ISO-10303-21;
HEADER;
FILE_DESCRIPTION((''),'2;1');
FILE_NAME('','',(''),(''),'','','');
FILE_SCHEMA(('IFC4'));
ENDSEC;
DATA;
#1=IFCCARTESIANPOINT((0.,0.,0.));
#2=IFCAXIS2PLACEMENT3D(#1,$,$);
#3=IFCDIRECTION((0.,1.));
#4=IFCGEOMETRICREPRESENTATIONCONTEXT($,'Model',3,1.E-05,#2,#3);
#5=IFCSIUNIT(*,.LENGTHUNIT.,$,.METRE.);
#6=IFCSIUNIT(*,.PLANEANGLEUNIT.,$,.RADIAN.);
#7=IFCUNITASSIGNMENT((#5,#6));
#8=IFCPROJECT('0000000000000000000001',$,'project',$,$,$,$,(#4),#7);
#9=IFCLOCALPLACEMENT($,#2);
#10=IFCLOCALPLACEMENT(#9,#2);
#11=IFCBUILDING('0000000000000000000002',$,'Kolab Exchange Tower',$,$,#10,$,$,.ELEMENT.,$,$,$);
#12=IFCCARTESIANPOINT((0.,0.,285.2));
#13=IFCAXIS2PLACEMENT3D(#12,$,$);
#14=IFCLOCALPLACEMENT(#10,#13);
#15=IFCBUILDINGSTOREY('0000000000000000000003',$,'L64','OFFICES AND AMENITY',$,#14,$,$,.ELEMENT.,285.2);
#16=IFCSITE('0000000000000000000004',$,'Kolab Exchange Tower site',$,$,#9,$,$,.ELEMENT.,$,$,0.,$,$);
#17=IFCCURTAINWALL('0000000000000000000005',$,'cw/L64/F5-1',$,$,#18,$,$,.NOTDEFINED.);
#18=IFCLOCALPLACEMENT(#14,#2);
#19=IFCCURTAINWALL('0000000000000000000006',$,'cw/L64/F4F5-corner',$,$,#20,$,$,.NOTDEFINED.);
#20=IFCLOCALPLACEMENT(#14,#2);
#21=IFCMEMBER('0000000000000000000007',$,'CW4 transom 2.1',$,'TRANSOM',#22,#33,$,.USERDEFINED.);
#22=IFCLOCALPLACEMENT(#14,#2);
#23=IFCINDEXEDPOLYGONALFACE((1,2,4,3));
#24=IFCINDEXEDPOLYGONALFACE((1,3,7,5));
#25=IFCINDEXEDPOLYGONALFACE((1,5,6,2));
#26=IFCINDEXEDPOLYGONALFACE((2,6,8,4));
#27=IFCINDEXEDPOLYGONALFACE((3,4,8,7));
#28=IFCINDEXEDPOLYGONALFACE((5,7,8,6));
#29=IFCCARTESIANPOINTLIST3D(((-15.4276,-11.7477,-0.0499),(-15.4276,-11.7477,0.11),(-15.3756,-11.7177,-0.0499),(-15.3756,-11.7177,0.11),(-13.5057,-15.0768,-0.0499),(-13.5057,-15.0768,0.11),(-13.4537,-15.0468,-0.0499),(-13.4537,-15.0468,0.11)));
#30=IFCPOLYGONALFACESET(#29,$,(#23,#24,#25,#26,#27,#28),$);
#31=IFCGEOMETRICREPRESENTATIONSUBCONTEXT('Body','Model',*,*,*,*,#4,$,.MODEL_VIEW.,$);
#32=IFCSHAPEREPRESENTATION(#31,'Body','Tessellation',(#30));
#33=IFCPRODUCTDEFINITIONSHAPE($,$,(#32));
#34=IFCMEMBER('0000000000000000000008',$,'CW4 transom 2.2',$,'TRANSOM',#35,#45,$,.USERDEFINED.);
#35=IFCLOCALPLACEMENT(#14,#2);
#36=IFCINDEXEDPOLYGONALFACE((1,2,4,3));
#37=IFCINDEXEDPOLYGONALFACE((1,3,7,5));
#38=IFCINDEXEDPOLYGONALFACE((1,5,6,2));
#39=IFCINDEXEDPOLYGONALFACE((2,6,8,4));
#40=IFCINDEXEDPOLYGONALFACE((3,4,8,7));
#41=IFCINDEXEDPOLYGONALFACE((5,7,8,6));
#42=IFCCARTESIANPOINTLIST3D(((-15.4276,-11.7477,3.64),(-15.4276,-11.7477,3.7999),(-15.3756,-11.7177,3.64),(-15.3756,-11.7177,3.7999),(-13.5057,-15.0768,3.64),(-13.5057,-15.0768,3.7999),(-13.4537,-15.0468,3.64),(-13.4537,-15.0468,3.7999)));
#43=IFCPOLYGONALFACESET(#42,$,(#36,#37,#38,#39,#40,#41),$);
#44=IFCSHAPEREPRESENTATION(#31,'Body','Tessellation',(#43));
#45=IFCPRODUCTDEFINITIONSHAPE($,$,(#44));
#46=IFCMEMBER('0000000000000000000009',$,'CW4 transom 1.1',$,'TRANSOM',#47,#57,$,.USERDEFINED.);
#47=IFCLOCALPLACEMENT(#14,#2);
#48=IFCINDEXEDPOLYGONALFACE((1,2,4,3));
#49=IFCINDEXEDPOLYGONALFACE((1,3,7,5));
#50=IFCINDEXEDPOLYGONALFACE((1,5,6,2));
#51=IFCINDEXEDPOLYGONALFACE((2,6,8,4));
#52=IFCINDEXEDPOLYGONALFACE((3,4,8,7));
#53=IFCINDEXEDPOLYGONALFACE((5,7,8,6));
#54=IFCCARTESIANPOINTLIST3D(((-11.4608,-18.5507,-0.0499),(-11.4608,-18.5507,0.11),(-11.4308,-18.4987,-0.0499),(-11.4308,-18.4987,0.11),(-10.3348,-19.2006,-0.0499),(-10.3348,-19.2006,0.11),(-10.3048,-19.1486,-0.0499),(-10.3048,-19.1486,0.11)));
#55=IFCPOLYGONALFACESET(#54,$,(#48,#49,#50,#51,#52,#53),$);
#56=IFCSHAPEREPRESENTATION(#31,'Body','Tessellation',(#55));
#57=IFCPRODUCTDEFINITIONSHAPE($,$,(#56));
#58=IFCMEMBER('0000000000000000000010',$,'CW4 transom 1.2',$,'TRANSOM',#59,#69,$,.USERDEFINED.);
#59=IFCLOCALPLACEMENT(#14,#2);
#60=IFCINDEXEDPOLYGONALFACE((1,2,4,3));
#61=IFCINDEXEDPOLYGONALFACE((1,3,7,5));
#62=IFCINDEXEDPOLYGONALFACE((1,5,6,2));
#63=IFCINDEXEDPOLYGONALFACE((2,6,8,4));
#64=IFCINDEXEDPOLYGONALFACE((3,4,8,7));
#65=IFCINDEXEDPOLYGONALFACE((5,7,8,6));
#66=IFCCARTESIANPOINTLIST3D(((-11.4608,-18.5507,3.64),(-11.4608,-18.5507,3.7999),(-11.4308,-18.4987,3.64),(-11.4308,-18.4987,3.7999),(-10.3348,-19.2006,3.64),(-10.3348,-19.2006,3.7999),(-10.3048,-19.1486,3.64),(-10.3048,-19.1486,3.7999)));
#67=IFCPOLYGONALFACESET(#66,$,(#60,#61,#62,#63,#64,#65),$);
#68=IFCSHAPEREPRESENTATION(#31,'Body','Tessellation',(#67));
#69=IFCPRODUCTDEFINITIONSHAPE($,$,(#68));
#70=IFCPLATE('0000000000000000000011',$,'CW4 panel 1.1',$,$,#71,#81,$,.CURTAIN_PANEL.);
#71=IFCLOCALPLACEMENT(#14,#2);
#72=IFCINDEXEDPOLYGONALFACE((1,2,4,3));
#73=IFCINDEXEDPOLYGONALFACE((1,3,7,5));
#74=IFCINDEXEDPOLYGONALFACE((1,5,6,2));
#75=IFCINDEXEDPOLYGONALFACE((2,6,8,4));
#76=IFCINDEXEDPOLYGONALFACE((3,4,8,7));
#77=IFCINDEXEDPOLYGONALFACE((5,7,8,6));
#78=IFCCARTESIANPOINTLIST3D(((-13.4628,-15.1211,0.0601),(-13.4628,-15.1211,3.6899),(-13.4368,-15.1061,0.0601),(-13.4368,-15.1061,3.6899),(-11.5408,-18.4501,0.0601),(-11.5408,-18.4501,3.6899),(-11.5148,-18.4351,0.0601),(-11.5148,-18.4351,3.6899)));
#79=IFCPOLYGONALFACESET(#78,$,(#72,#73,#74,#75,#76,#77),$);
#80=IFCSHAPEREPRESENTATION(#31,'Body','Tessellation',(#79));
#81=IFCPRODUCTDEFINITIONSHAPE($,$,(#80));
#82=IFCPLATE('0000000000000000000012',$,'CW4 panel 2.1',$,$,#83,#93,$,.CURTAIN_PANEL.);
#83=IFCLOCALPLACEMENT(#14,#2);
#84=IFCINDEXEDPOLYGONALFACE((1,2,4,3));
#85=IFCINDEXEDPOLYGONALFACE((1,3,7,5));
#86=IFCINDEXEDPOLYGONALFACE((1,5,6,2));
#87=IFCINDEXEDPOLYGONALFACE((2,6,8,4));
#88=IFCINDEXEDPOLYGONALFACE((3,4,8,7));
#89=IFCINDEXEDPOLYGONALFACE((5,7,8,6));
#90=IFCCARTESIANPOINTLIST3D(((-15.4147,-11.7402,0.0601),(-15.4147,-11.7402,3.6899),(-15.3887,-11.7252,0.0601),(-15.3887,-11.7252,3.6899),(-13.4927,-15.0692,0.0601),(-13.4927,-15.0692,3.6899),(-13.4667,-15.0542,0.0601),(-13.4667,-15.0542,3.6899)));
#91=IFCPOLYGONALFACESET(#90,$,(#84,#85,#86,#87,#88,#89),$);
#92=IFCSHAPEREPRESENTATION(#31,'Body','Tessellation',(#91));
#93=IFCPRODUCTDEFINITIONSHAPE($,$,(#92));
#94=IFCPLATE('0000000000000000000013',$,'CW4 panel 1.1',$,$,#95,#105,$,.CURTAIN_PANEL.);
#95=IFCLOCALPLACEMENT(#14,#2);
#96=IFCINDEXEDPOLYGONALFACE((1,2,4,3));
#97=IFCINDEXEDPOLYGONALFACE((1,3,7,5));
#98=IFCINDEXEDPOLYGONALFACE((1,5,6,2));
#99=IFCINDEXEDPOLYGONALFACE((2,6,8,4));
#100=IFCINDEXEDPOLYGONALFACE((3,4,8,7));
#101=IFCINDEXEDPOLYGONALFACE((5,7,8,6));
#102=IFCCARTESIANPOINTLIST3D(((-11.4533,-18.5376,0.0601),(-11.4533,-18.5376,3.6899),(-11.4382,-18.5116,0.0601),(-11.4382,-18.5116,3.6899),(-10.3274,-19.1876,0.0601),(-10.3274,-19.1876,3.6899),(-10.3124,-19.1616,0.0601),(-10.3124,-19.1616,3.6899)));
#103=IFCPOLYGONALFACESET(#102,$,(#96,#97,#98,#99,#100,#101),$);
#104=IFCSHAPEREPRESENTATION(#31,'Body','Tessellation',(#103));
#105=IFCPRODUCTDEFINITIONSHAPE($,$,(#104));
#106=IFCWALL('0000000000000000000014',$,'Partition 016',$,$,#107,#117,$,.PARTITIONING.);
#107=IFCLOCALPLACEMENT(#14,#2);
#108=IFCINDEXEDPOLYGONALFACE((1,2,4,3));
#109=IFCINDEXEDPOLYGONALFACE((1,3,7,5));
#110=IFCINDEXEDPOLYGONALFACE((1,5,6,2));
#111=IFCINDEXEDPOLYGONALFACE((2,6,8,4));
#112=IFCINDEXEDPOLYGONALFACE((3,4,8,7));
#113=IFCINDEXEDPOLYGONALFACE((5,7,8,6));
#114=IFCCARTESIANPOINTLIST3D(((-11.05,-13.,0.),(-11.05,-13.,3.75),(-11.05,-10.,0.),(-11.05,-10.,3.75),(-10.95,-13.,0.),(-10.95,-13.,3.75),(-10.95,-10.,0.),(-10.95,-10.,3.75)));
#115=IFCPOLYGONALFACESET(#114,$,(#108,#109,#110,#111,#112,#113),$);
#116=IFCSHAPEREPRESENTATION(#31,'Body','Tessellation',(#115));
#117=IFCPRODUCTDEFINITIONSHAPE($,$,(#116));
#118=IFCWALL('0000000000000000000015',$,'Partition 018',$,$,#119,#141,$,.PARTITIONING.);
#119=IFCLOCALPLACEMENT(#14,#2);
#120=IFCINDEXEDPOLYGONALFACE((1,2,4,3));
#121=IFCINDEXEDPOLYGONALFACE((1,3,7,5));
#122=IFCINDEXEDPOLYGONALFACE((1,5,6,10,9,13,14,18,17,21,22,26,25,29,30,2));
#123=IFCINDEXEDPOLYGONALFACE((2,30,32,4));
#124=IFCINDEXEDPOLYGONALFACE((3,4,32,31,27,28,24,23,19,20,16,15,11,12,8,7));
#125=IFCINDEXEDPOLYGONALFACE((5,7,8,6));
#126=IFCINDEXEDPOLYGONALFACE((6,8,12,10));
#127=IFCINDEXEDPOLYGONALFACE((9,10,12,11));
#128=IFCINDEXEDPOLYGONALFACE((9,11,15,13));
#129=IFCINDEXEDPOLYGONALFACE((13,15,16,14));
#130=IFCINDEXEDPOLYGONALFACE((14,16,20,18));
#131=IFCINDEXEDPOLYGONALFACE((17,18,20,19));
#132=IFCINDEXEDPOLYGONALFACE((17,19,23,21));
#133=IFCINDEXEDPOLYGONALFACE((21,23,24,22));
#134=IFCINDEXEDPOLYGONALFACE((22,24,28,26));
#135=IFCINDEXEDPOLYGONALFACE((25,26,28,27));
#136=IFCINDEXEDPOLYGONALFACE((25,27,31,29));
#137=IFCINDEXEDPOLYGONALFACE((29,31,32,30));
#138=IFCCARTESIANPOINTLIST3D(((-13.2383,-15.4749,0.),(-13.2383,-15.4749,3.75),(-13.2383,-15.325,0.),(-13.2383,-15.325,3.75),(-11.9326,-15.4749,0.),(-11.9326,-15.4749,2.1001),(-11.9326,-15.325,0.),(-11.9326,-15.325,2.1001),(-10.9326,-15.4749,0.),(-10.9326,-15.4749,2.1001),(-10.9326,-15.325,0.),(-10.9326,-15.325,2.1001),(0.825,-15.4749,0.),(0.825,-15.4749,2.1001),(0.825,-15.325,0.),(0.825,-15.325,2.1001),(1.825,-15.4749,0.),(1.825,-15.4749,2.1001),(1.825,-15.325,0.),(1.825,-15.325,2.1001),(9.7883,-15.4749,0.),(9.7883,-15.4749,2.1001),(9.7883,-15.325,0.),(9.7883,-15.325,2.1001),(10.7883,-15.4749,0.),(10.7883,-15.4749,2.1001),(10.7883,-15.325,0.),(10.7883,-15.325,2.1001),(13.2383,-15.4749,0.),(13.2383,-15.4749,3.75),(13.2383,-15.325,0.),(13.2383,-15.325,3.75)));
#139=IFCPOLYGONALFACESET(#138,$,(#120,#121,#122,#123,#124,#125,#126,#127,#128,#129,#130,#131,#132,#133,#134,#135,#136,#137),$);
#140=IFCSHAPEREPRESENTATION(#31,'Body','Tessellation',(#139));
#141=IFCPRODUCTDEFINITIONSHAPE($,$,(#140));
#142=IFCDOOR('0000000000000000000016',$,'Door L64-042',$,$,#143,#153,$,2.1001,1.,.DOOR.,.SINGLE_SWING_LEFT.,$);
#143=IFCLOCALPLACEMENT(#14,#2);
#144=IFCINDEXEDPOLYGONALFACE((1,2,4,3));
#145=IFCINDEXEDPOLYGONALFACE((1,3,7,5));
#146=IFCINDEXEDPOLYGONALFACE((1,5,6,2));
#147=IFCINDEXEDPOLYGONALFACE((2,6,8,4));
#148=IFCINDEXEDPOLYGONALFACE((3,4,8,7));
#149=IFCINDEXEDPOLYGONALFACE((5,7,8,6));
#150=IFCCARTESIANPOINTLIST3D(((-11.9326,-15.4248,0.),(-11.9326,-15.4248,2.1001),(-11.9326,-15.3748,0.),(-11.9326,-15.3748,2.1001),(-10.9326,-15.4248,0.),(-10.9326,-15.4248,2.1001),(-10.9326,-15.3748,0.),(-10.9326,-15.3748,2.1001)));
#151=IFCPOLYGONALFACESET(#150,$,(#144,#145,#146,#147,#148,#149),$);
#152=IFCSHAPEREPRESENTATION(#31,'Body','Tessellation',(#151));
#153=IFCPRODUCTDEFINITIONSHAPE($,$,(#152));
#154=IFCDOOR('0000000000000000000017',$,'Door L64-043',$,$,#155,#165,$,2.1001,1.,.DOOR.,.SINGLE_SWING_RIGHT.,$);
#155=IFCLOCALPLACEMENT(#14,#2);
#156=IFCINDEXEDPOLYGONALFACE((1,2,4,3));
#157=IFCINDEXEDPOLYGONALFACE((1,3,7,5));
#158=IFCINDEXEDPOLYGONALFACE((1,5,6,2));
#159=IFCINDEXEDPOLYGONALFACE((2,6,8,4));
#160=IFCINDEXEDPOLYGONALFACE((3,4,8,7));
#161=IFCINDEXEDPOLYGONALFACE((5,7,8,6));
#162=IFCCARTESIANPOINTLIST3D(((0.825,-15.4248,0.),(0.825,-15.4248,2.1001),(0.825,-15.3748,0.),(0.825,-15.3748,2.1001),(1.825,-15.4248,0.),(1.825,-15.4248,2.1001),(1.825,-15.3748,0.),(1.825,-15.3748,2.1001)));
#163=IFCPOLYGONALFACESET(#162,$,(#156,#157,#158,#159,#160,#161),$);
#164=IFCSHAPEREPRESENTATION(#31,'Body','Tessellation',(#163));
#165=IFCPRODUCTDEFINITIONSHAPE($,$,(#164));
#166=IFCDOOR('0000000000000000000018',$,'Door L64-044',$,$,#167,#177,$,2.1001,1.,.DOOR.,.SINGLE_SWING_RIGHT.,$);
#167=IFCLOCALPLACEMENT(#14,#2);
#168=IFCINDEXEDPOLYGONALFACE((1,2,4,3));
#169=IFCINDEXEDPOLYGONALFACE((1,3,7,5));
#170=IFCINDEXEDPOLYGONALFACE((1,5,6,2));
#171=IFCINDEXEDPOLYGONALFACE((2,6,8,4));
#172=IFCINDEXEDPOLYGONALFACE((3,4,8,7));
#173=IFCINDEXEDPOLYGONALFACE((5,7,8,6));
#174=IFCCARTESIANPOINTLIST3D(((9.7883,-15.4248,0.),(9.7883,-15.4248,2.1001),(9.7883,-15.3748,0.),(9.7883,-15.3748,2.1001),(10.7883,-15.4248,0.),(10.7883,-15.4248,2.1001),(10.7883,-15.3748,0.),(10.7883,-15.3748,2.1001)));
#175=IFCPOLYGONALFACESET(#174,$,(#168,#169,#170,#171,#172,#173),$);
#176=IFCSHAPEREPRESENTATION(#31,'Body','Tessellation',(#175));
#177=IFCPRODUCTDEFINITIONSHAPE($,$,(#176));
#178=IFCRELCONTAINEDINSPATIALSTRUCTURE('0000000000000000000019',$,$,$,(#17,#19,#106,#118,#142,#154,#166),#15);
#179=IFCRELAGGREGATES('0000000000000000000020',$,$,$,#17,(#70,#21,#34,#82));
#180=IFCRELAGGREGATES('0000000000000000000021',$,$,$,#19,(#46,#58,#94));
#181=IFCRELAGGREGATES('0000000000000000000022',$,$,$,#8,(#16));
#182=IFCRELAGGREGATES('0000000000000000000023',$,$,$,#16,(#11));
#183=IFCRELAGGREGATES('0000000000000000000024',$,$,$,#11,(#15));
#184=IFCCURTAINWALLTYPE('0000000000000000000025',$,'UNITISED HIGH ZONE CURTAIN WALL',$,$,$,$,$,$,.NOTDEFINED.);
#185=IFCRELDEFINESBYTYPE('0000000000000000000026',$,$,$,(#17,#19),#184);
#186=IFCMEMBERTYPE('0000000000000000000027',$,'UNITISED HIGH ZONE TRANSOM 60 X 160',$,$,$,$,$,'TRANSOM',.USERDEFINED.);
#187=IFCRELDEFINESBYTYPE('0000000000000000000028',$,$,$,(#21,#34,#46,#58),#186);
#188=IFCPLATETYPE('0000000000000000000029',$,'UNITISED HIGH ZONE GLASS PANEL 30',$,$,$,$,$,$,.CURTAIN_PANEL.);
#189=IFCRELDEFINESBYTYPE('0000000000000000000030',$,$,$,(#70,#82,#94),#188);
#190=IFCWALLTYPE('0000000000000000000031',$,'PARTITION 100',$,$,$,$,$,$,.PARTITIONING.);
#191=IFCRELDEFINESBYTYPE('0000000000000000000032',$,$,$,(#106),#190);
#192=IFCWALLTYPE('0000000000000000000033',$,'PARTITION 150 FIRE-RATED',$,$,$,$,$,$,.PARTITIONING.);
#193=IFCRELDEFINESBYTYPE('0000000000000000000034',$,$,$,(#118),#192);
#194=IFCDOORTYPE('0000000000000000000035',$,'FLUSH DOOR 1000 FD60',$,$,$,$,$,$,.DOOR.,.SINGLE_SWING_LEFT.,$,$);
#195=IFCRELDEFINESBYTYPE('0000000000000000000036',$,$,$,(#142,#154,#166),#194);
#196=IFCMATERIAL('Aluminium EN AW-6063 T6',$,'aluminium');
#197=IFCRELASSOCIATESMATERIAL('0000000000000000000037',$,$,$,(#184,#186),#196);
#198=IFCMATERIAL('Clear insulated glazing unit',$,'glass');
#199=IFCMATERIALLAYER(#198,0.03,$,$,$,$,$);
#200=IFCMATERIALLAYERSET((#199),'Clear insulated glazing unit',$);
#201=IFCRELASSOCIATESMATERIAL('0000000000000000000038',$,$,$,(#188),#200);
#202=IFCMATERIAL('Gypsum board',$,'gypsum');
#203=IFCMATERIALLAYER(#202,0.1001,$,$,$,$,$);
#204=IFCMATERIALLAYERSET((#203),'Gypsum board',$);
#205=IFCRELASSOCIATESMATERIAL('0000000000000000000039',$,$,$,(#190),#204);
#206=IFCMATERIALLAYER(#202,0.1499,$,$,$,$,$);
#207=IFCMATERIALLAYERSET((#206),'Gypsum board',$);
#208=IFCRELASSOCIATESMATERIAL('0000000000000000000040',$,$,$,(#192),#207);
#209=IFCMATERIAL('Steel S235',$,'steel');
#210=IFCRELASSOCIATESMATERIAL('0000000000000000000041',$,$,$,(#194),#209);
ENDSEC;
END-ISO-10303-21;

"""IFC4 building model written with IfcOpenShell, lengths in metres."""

from ifc_helpers import new_model, si_unit, direction, frame, frame_2d, origin, origin_2d, place, context, subcontext, project, spatial, rectangle, extrude, material, layer, layer_set, material_profile, profile_set, type_object, element, fill, aggregate, save


model = new_model("IFC4")

# Units and contexts
model_context = context("Model", 3, precision=1e-05, world=origin(), true_north=direction((0.0, 1.0)))
body_context = subcontext(model_context, "Body", "Model", "MODEL_VIEW")
ifc_project = project(units=[si_unit("LENGTHUNIT", "METRE"), si_unit("PLANEANGLEUNIT", "RADIAN")], contexts=[model_context])

# Site, building, storey
site_placement = place(None, origin())
site = spatial("IfcSite", under=ifc_project, at=site_placement, Name="Kolab Exchange Tower site", CompositionType="ELEMENT", RefElevation=0.0)
building_placement = place(site_placement, origin())
building = spatial("IfcBuilding", under=site, at=building_placement, Name="Kolab Exchange Tower", CompositionType="ELEMENT")
storey_placement = place(building_placement, frame((0.0, 0.0, 285.2)))
storey = spatial("IfcBuildingStorey", under=building, at=storey_placement, Name="L64", Description="OFFICES AND AMENITY", CompositionType="ELEMENT", Elevation=285.2)

# Curtain walls
ifc_material_1 = material(Name="Aluminium EN AW-6063 T6", Category="aluminium")
curtain_wall_type = type_object("IfcCurtainWallType", Name="UNITISED HIGH ZONE CURTAIN WALL", PredefinedType="NOTDEFINED", material=ifc_material_1)
curtain_wall_1_placement = place(storey_placement, origin())
curtain_wall_1 = element("IfcCurtainWall", 1, at=curtain_wall_1_placement, inside=storey, type_object=curtain_wall_type, Name="cw/L64/F5-1", PredefinedType="NOTDEFINED")
curtain_wall_2_placement = place(storey_placement, origin())
curtain_wall_2 = element("IfcCurtainWall", 2, at=curtain_wall_2_placement, inside=storey, type_object=curtain_wall_type, Name="cw/L64/F4F5-corner", PredefinedType="NOTDEFINED")

# Members
ifc_material_profile_1 = material_profile(ifc_material_1, rectangle(XDim=0.0601, YDim=0.1599, at=origin_2d()), Name="RECT 60X160")
ifc_profile_set_1 = profile_set([ifc_material_profile_1], Name="Aluminium EN AW-6063 T6")
member_type_1 = type_object("IfcMemberType", Name="UNITISED HIGH ZONE TRANSOM 60 X 160", ElementType="TRANSOM", PredefinedType="USERDEFINED", material=ifc_profile_set_1)
member_1_placement = place(storey_placement, frame((-13.4797, -15.0618, 0.03), z_axis=(-0.499964, 0.866046, 0.0), x_axis=(-0.866046, -0.499964, 0.0)))
member_1 = element("IfcMember", 3, at=member_1_placement, type_object=member_type_1, Name="CW4 transom 2.1", ObjectType="TRANSOM", PredefinedType="USERDEFINED", context=body_context, shape_type="SweptSolid", body=[
    extrude(rectangle(XDim=0.0601, YDim=0.1599, at=origin_2d()), origin(), (0.0, 0.0, 1.0), 3.844),
])
member_2_placement = place(storey_placement, frame((-13.4797, -15.0618, 3.72), z_axis=(-0.499964, 0.866046, 0.0), x_axis=(-0.866046, -0.499964, 0.0)))
member_2 = element("IfcMember", 4, at=member_2_placement, type_object=member_type_1, Name="CW4 transom 2.2", ObjectType="TRANSOM", PredefinedType="USERDEFINED", context=body_context, shape_type="SweptSolid", body=[
    extrude(rectangle(XDim=0.0601, YDim=0.1599, at=origin_2d()), origin(), (0.0, 0.0, 1.0), 3.844),
])
member_3_placement = place(storey_placement, frame((-10.3198, -19.1746, 0.03), z_axis=(-0.866086, 0.499896, 0.0), x_axis=(-0.499896, -0.866086, 0.0)))
member_3 = element("IfcMember", 5, at=member_3_placement, type_object=member_type_1, Name="CW4 transom 1.1", ObjectType="TRANSOM", PredefinedType="USERDEFINED", context=body_context, shape_type="SweptSolid", body=[
    extrude(rectangle(XDim=0.0601, YDim=0.1599, at=origin_2d()), origin(), (0.0, 0.0, 1.0), 1.3),
])
member_4_placement = place(storey_placement, frame((-10.3198, -19.1746, 3.72), z_axis=(-0.866086, 0.499896, 0.0), x_axis=(-0.499896, -0.866086, 0.0)))
member_4 = element("IfcMember", 6, at=member_4_placement, type_object=member_type_1, Name="CW4 transom 1.2", ObjectType="TRANSOM", PredefinedType="USERDEFINED", context=body_context, shape_type="SweptSolid", body=[
    extrude(rectangle(XDim=0.0601, YDim=0.1599, at=origin_2d()), origin(), (0.0, 0.0, 1.0), 1.3),
])

# Plates
ifc_material_2 = material(Name="Clear insulated glazing unit", Category="glass")
ifc_layer_1 = layer(ifc_material_2, 0.03)
ifc_layer_set_1 = layer_set([ifc_layer_1], Name="Clear insulated glazing unit")
plate_type = type_object("IfcPlateType", Name="UNITISED HIGH ZONE GLASS PANEL 30", PredefinedType="CURTAIN_PANEL", material=ifc_layer_set_1)
plate_1_placement = place(storey_placement, frame((-12.4888, -16.7781, 0.0601), z_axis=(0.0, 0.0, 1.0), x_axis=(-0.5, 0.866025, 0.0)))
plate_1 = element("IfcPlate", 7, at=plate_1_placement, type_object=plate_type, Name="CW4 panel 1.1", PredefinedType="CURTAIN_PANEL", context=body_context, shape_type="SweptSolid", body=[
    extrude(rectangle(XDim=3.844, YDim=0.03, at=origin_2d()), origin(), (0.0, 0.0, 1.0), 3.6299),
])
plate_2_placement = place(storey_placement, frame((-14.4407, -13.3972, 0.0601), z_axis=(0.0, 0.0, 1.0), x_axis=(-0.5, 0.866025, 0.0)))
plate_2 = element("IfcPlate", 8, at=plate_2_placement, type_object=plate_type, Name="CW4 panel 2.1", PredefinedType="CURTAIN_PANEL", context=body_context, shape_type="SweptSolid", body=[
    extrude(rectangle(XDim=3.844, YDim=0.03, at=origin_2d()), origin(), (0.0, 0.0, 1.0), 3.6299),
])
aggregate(curtain_wall_1, [plate_1, member_1, member_2, plate_2])
plate_3_placement = place(storey_placement, frame((-10.8828, -18.8496, 0.0601), z_axis=(0.0, 0.0, 1.0), x_axis=(-0.866025, 0.5, 0.0)))
plate_3 = element("IfcPlate", 9, at=plate_3_placement, type_object=plate_type, Name="CW4 panel 1.1", PredefinedType="CURTAIN_PANEL", context=body_context, shape_type="SweptSolid", body=[
    extrude(rectangle(XDim=1.3, YDim=0.03, at=origin_2d()), origin(), (0.0, 0.0, 1.0), 3.6299),
])
aggregate(curtain_wall_2, [member_3, member_4, plate_3])

# Wall
ifc_material_3 = material(Name="Gypsum board", Category="gypsum")
ifc_layer_2 = layer(ifc_material_3, 0.1001)
ifc_layer_set_2 = layer_set([ifc_layer_2], Name="Gypsum board")
wall_type_1 = type_object("IfcWallType", Name="PARTITION 100", PredefinedType="PARTITIONING", material=ifc_layer_set_2)
wall_1_placement = place(storey_placement, frame((-11.0, -13.0, 0.0), z_axis=(0.0, 0.0, 1.0), x_axis=(0.0, 1.0, 0.0)))
element("IfcWall", 10, at=wall_1_placement, inside=storey, type_object=wall_type_1, Name="Partition 016", PredefinedType="PARTITIONING", context=body_context, shape_type="SweptSolid", body=[
    extrude(rectangle(XDim=3.0, YDim=0.1001, at=frame_2d((1.5, 0.0))), origin(), (0.0, 0.0, 1.0), 3.75),
])

# Wall, openings, doors
ifc_layer_3 = layer(ifc_material_3, 0.1499)
ifc_layer_set_3 = layer_set([ifc_layer_3], Name="Gypsum board")
wall_type_2 = type_object("IfcWallType", Name="PARTITION 150 FIRE-RATED", PredefinedType="PARTITIONING", material=ifc_layer_set_3)
wall_2_placement = place(storey_placement, frame((-13.2383, -15.3999, 0.0), z_axis=(0.0, 0.0, 1.0), x_axis=(1.0, 0.0, 0.0)))
wall_2 = element("IfcWall", 11, at=wall_2_placement, inside=storey, type_object=wall_type_2, Name="Partition 018", PredefinedType="PARTITIONING", context=body_context, shape_type="SweptSolid", body=[
    extrude(rectangle(XDim=26.4766, YDim=0.1499, at=frame_2d((13.2383, 0.0))), origin(), (0.0, 0.0, 1.0), 3.75),
])
opening_1_placement = place(wall_2_placement, frame((1.3057, 0.0, 0.0)))
opening_1 = element("IfcOpeningElement", 12, at=opening_1_placement, cuts=wall_2, PredefinedType="OPENING", context=body_context, shape_type="SweptSolid", body=[
    extrude(rectangle(XDim=1.0, YDim=2.1001, at=frame_2d((0.5, 1.05))), frame((0.0, 0.085, 0.0), z_axis=(0.0, -1.0, 0.0), x_axis=(1.0, 0.0, 0.0)), (0.0, 0.0, 1.0), 0.1699),
])
opening_2_placement = place(wall_2_placement, frame((14.0632, 0.0, 0.0)))
opening_2 = element("IfcOpeningElement", 13, at=opening_2_placement, cuts=wall_2, PredefinedType="OPENING", context=body_context, shape_type="SweptSolid", body=[
    extrude(rectangle(XDim=1.0, YDim=2.1001, at=frame_2d((0.5, 1.05))), frame((0.0, 0.085, 0.0), z_axis=(0.0, -1.0, 0.0), x_axis=(1.0, 0.0, 0.0)), (0.0, 0.0, 1.0), 0.1699),
])
opening_3_placement = place(wall_2_placement, frame((23.0266, 0.0, 0.0)))
opening_3 = element("IfcOpeningElement", 14, at=opening_3_placement, cuts=wall_2, PredefinedType="OPENING", context=body_context, shape_type="SweptSolid", body=[
    extrude(rectangle(XDim=1.0, YDim=2.1001, at=frame_2d((0.5, 1.05))), frame((0.0, 0.085, 0.0), z_axis=(0.0, -1.0, 0.0), x_axis=(1.0, 0.0, 0.0)), (0.0, 0.0, 1.0), 0.1699),
])
ifc_material_4 = material(Name="Steel S235", Category="steel")
door_type_1 = type_object("IfcDoorType", Name="FLUSH DOOR 1000 FD60", OperationType="SINGLE_SWING_LEFT", PredefinedType="DOOR", material=ifc_material_4)
door_1_placement = place(opening_1_placement, frame((1.0, 0.0, 0.0), z_axis=(0.0, 0.0, 1.0), x_axis=(-1.0, 0.0, 0.0)))
door_1 = element("IfcDoor", 15, at=door_1_placement, inside=storey, type_object=door_type_1, Name="Door L64-042", OperationType="SINGLE_SWING_LEFT", OverallHeight=2.1001, OverallWidth=1.0, PredefinedType="DOOR", context=body_context, shape_type="SweptSolid", body=[
    extrude(rectangle(XDim=1.0, YDim=2.1001, at=frame_2d((0.5, 1.05))), frame((0.0, 0.0249, 0.0), z_axis=(0.0, -1.0, 0.0), x_axis=(1.0, 0.0, 0.0)), (0.0, 0.0, 1.0), 0.05),
])
fill(opening_1, door_1)
door_2_placement = place(opening_2_placement, frame((1.0, 0.0, 0.0), z_axis=(0.0, 0.0, 1.0), x_axis=(-1.0, 0.0, 0.0)))
door_2 = element("IfcDoor", 16, at=door_2_placement, inside=storey, type_object=door_type_1, Name="Door L64-043", OperationType="SINGLE_SWING_RIGHT", OverallHeight=2.1001, OverallWidth=1.0, PredefinedType="DOOR", context=body_context, shape_type="SweptSolid", body=[
    extrude(rectangle(XDim=1.0, YDim=2.1001, at=frame_2d((0.5, 1.05))), frame((0.0, 0.0249, 0.0), z_axis=(0.0, -1.0, 0.0), x_axis=(1.0, 0.0, 0.0)), (0.0, 0.0, 1.0), 0.05),
])
fill(opening_2, door_2)
door_3_placement = place(opening_3_placement, frame((1.0, 0.0, 0.0), z_axis=(0.0, 0.0, 1.0), x_axis=(-1.0, 0.0, 0.0)))
door_3 = element("IfcDoor", 17, at=door_3_placement, inside=storey, type_object=door_type_1, Name="Door L64-044", OperationType="SINGLE_SWING_RIGHT", OverallHeight=2.1001, OverallWidth=1.0, PredefinedType="DOOR", context=body_context, shape_type="SweptSolid", body=[
    extrude(rectangle(XDim=1.0, YDim=2.1001, at=frame_2d((0.5, 1.05))), frame((0.0, 0.0249, 0.0), z_axis=(0.0, -1.0, 0.0), x_axis=(1.0, 0.0, 0.0)), (0.0, 0.0, 1.0), 0.05),
])
fill(opening_3, door_3)

save(model, "model.ifc")
